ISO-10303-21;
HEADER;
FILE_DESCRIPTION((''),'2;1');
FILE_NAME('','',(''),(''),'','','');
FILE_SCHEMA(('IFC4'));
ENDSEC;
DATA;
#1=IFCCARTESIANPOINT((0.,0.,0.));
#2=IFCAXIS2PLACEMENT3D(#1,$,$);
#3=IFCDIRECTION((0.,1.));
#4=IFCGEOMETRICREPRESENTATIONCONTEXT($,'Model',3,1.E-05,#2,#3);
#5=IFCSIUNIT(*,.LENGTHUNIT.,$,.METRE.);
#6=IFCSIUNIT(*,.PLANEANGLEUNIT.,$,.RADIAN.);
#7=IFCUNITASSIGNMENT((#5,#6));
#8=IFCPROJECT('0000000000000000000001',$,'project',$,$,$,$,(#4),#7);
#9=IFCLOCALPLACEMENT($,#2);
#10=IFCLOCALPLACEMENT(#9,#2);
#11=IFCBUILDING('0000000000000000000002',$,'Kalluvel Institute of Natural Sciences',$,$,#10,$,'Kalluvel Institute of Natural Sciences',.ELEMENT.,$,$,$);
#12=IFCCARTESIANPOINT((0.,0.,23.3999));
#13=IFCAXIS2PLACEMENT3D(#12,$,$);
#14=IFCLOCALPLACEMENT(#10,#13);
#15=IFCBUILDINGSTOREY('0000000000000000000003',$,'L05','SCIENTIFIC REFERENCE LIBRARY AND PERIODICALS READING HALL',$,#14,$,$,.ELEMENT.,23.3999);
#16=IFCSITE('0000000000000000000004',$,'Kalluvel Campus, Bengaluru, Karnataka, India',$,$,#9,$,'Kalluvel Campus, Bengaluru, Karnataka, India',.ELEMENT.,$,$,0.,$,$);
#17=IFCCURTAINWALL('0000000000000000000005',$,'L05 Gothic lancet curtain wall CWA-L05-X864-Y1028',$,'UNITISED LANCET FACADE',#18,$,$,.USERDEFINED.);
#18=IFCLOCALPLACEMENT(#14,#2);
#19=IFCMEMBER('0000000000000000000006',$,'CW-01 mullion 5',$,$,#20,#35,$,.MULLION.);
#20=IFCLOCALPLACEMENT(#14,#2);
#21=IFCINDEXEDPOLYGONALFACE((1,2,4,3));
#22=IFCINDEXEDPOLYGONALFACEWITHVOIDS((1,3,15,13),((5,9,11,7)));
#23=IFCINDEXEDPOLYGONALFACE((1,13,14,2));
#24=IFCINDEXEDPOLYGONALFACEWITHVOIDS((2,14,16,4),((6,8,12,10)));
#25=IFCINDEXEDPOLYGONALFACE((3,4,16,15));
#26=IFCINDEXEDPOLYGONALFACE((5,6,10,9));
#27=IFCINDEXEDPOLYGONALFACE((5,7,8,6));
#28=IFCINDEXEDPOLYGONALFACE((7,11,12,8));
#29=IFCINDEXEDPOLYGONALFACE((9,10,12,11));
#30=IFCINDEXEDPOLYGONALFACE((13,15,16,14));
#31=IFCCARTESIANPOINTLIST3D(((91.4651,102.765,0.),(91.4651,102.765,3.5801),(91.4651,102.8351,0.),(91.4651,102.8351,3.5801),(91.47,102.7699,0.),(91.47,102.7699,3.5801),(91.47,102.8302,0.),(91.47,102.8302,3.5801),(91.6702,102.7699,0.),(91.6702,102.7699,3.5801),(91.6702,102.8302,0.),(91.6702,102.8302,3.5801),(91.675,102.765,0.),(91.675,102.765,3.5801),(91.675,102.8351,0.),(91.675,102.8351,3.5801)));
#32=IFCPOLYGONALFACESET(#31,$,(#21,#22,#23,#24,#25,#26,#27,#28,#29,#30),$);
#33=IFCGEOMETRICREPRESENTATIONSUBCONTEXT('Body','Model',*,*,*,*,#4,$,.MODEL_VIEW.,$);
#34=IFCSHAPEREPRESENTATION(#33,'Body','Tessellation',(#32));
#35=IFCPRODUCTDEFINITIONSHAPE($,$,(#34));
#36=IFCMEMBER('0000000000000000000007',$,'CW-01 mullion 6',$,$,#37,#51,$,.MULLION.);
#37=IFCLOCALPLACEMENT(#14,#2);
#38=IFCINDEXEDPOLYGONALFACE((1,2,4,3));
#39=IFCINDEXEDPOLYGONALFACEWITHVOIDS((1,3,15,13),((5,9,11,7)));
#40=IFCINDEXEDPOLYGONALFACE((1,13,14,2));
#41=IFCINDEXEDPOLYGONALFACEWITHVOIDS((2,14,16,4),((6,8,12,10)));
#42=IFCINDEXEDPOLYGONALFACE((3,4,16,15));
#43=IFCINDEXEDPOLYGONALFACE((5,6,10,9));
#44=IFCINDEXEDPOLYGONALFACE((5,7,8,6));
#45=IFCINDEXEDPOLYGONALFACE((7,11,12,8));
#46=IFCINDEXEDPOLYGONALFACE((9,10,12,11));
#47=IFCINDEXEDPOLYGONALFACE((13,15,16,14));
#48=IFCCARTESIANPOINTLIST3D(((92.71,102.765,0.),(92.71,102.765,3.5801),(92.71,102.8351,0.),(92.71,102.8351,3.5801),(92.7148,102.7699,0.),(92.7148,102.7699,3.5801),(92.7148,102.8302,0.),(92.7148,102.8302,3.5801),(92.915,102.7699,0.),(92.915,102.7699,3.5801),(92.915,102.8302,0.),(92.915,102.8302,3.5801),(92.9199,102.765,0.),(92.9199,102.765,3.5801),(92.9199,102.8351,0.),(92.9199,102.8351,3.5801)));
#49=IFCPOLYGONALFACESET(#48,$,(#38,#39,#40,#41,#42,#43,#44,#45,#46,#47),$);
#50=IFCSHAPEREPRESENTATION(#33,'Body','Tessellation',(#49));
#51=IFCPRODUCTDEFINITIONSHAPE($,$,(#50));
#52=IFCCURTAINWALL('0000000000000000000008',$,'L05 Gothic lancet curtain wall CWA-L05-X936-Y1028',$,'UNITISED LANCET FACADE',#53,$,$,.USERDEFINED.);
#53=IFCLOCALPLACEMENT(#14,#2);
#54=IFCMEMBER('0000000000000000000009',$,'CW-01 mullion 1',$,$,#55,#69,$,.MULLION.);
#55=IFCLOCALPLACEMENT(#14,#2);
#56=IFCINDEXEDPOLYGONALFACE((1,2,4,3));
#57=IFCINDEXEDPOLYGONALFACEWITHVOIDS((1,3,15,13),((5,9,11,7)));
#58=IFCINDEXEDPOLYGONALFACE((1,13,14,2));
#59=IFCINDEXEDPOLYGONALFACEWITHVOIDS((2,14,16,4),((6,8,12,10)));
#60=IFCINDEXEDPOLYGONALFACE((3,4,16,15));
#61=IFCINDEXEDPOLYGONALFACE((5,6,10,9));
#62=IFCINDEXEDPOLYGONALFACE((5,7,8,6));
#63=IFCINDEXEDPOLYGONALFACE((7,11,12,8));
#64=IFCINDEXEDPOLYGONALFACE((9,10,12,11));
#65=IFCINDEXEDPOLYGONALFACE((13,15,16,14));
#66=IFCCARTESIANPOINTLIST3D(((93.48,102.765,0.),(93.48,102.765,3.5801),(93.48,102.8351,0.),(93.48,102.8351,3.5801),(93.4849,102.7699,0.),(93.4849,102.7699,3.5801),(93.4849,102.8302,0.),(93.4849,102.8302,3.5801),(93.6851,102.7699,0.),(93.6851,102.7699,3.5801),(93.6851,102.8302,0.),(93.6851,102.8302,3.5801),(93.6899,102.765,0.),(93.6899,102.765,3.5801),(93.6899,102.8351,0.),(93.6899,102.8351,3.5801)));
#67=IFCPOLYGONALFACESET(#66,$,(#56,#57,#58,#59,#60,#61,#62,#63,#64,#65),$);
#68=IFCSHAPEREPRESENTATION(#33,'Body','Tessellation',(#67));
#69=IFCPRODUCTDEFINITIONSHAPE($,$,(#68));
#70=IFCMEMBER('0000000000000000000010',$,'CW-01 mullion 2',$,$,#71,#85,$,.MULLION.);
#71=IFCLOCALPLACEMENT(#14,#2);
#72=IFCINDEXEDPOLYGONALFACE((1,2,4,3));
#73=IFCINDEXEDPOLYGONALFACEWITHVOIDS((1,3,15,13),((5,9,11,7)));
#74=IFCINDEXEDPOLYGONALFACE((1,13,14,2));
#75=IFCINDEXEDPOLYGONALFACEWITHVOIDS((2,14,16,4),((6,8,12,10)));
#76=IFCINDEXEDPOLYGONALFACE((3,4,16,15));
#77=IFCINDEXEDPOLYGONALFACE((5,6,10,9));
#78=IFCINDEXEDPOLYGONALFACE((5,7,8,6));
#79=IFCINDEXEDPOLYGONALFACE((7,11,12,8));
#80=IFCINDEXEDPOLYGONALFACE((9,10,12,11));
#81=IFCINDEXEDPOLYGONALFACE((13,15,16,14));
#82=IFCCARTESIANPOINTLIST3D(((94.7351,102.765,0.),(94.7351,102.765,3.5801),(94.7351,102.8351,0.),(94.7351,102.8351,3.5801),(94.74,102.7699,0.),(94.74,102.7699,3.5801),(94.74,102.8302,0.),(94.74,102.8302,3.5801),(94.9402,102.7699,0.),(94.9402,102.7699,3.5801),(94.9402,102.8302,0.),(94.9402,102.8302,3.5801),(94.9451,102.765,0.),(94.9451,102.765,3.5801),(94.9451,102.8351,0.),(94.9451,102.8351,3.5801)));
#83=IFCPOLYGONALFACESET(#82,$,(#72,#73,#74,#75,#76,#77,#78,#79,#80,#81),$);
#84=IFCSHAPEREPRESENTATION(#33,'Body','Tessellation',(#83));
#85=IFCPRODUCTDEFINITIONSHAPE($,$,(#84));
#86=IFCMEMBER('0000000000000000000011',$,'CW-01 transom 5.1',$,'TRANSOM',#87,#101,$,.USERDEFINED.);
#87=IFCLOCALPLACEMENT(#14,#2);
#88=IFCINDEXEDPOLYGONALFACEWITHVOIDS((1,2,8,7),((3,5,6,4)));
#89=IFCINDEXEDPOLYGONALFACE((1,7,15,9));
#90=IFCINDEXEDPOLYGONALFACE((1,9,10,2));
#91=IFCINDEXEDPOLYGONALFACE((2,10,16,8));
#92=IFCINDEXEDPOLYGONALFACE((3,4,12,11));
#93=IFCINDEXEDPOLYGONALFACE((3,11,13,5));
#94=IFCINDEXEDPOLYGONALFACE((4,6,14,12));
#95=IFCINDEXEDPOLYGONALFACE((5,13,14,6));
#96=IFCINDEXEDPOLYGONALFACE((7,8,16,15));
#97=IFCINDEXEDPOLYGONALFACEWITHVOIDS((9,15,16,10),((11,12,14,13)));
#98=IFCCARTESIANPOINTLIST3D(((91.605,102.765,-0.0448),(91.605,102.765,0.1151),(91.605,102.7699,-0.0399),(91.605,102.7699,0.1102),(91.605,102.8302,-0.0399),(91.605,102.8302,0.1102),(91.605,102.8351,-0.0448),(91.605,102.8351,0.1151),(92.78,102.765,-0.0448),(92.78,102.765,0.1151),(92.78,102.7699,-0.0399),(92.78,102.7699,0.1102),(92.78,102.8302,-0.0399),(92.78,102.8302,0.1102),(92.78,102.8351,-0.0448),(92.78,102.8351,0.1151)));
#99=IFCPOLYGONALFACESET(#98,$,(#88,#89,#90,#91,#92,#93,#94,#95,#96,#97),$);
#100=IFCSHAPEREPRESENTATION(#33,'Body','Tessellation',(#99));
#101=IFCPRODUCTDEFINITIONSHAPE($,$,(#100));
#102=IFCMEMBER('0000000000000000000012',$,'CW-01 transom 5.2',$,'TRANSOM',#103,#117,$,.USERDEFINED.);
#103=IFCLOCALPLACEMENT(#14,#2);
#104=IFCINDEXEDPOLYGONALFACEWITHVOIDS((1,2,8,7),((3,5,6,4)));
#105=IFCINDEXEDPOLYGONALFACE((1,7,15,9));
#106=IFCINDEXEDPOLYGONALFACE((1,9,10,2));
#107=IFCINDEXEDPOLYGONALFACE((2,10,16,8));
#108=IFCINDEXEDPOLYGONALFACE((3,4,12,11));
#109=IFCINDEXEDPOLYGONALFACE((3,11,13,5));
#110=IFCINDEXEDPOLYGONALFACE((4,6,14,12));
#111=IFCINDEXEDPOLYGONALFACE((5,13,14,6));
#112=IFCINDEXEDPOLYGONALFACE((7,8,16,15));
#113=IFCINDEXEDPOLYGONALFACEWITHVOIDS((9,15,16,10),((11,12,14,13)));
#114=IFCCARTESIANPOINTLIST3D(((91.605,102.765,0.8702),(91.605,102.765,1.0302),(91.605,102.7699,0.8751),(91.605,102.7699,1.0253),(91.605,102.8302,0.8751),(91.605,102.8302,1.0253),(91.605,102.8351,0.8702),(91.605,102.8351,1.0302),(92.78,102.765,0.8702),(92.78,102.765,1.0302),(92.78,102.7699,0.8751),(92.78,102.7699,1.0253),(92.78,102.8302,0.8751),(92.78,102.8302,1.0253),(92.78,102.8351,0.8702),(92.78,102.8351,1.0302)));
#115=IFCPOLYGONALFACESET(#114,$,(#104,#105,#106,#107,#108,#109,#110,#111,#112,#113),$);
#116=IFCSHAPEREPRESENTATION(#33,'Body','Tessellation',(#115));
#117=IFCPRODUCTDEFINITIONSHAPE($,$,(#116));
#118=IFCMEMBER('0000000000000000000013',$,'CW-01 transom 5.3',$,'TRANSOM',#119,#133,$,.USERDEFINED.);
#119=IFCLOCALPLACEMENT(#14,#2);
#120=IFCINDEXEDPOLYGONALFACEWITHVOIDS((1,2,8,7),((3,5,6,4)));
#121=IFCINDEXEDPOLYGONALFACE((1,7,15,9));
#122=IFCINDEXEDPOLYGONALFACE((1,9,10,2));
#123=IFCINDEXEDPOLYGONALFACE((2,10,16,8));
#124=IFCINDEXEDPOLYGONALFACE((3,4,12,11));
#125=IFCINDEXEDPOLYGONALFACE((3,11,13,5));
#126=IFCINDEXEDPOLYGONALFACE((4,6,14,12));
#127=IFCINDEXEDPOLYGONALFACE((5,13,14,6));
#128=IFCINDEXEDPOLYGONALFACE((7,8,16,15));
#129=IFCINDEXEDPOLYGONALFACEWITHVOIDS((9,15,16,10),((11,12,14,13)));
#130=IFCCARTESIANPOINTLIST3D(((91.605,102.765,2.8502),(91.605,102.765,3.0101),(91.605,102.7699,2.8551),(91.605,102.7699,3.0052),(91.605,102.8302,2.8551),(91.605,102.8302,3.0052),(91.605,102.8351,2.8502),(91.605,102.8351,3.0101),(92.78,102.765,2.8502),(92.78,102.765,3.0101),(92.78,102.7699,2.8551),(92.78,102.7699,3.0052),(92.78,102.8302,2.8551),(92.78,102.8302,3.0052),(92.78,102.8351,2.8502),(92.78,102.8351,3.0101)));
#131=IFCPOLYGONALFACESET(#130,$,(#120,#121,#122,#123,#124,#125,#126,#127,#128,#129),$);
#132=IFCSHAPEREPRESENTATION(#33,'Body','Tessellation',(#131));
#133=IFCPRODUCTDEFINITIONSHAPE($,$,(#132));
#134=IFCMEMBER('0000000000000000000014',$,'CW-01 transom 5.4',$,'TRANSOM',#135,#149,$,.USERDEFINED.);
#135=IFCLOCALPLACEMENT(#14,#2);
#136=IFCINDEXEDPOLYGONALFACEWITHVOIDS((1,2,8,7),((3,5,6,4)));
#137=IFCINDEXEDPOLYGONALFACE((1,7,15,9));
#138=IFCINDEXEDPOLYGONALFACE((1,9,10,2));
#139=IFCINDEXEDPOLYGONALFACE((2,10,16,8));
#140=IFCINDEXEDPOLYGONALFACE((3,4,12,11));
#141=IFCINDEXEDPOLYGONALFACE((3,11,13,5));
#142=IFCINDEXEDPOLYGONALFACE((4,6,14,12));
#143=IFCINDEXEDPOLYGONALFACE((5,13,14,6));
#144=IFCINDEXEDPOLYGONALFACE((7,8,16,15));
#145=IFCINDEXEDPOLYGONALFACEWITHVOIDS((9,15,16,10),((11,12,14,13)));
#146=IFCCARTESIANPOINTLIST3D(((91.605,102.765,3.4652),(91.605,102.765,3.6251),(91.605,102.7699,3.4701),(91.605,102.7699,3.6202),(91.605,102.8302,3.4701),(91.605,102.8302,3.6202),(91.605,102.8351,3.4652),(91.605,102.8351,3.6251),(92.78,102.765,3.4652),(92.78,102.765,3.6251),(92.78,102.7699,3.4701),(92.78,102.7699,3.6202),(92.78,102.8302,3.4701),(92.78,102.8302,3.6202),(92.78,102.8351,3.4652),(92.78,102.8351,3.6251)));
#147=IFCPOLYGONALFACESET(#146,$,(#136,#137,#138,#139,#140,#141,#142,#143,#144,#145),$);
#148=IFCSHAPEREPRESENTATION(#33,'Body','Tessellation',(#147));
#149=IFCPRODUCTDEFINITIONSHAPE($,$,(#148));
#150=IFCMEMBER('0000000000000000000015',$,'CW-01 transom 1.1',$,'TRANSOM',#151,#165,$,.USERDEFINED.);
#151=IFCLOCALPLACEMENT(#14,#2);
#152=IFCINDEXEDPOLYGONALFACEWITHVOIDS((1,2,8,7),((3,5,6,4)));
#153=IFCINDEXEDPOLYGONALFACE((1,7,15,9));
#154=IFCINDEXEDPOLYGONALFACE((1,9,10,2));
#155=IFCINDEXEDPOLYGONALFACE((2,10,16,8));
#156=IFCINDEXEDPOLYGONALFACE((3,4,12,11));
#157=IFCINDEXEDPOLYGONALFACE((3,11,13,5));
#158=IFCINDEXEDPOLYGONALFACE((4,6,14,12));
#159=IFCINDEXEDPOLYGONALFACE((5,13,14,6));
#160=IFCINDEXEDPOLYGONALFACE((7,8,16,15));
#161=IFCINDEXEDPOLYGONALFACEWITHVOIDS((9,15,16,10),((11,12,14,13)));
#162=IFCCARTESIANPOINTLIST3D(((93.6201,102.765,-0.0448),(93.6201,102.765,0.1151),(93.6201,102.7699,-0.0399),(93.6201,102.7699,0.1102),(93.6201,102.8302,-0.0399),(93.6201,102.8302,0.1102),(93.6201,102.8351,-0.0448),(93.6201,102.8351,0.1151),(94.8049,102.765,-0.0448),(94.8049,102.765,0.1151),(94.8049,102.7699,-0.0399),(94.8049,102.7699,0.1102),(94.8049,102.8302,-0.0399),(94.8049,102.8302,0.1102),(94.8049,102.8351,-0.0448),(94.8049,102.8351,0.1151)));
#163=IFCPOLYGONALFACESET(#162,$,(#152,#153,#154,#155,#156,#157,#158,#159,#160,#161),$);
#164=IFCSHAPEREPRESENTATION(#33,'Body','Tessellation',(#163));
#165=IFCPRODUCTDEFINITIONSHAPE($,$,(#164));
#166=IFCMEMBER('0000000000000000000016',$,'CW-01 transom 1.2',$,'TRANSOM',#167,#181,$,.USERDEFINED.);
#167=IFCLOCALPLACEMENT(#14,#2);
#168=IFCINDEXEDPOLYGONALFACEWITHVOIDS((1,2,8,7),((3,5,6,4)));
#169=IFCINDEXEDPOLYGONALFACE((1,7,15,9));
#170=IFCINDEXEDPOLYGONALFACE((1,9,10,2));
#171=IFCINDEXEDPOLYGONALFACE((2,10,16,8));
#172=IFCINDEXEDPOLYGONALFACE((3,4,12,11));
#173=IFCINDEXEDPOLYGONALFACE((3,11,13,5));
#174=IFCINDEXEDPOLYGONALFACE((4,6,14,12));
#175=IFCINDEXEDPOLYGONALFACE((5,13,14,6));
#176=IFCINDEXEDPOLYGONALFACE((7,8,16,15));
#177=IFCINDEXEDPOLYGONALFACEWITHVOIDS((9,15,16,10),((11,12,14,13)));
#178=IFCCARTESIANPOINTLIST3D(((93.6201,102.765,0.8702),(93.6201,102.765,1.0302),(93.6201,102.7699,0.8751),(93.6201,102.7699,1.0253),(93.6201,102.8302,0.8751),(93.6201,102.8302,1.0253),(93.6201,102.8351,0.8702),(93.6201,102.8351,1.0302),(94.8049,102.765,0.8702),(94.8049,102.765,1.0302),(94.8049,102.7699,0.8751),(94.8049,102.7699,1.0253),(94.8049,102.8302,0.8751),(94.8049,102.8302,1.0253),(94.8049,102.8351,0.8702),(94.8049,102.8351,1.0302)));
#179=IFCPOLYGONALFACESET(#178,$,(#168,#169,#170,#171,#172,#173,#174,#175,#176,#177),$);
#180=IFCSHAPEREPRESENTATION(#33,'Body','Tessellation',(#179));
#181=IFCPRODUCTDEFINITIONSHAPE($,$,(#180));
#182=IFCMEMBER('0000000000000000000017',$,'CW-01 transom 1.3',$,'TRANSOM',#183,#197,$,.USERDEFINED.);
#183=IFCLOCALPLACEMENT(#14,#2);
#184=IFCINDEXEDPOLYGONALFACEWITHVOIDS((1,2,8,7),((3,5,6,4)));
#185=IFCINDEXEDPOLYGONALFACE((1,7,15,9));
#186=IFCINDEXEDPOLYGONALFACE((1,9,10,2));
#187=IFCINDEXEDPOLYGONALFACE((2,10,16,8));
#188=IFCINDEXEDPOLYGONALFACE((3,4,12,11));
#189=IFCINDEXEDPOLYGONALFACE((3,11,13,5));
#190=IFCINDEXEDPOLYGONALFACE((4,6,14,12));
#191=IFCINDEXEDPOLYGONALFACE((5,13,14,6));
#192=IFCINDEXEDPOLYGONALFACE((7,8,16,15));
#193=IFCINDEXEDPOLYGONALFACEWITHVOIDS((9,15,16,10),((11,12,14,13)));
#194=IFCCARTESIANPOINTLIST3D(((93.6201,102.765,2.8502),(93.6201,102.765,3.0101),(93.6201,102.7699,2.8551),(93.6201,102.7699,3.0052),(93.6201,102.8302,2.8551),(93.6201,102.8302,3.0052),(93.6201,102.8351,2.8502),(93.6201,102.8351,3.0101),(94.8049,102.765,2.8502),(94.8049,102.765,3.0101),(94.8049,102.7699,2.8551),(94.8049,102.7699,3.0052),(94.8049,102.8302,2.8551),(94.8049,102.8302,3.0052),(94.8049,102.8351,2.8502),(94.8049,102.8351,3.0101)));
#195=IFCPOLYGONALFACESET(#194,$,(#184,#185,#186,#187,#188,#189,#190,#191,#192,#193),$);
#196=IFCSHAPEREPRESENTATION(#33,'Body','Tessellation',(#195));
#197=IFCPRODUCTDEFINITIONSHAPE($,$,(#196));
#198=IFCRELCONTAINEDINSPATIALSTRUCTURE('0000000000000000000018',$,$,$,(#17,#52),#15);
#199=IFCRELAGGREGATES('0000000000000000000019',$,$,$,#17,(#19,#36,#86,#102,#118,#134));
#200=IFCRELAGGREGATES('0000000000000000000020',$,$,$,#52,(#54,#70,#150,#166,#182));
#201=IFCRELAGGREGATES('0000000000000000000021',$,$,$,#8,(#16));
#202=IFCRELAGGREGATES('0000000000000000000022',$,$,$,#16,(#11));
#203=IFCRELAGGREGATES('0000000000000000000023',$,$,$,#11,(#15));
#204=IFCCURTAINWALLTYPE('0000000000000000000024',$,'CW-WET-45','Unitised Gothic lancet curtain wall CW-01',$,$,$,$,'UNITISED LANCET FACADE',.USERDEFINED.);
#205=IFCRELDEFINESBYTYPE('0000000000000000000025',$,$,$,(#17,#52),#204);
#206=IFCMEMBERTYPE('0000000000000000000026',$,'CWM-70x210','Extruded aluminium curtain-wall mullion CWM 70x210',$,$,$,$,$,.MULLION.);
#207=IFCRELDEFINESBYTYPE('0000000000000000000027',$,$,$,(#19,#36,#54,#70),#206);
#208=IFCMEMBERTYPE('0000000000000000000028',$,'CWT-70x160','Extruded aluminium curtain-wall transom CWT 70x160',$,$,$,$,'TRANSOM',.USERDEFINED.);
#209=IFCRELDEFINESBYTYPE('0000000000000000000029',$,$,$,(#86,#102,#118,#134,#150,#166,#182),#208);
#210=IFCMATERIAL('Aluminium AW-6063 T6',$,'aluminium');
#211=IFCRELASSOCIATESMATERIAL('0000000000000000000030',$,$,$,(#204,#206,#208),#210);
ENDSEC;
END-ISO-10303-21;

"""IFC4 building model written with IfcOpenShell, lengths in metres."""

from ifc_helpers import new_model, si_unit, direction, frame, origin, origin_2d, place, context, subcontext, project, spatial, hollow_rectangle, extrude, material, material_profile, profile_set, type_object, element, aggregate, save


model = new_model("IFC4")

# Units and contexts
model_context = context("Model", 3, precision=1e-05, world=origin(), true_north=direction((0.0, 1.0)))
body_context = subcontext(model_context, "Body", "Model", "MODEL_VIEW")
ifc_project = project(units=[si_unit("LENGTHUNIT", "METRE"), si_unit("PLANEANGLEUNIT", "RADIAN")], contexts=[model_context])

# Site, building, storey
site_placement = place(None, origin())
site = spatial("IfcSite", under=ifc_project, at=site_placement, Name="Kalluvel Campus, Bengaluru, Karnataka, India", LongName="Kalluvel Campus, Bengaluru, Karnataka, India", CompositionType="ELEMENT", RefElevation=0.0)
building_placement = place(site_placement, origin())
building = spatial("IfcBuilding", under=site, at=building_placement, Name="Kalluvel Institute of Natural Sciences", LongName="Kalluvel Institute of Natural Sciences", CompositionType="ELEMENT")
storey_placement = place(building_placement, frame((0.0, 0.0, 23.3999)))
storey = spatial("IfcBuildingStorey", under=building, at=storey_placement, Name="L05", Description="SCIENTIFIC REFERENCE LIBRARY AND PERIODICALS READING HALL", CompositionType="ELEMENT", Elevation=23.3999)

# Curtain walls, members
ifc_material_1 = material(Name="Aluminium AW-6063 T6", Category="aluminium")
curtain_wall_type = type_object("IfcCurtainWallType", Name="CW-WET-45", Description="Unitised Gothic lancet curtain wall CW-01", ElementType="UNITISED LANCET FACADE", PredefinedType="USERDEFINED", material=ifc_material_1)
curtain_wall_1_placement = place(storey_placement, origin())
curtain_wall_1 = element("IfcCurtainWall", 1, at=curtain_wall_1_placement, inside=storey, type_object=curtain_wall_type, Name="L05 Gothic lancet curtain wall CWA-L05-X864-Y1028", ObjectType="UNITISED LANCET FACADE", PredefinedType="USERDEFINED")
ifc_material_profile_1 = material_profile(ifc_material_1, hollow_rectangle(XDim=0.0701, YDim=0.21, WallThickness=0.0049, at=origin_2d()), Name="CWM 70x210")
ifc_profile_set_1 = profile_set([ifc_material_profile_1], Name="Aluminium AW-6063 T6")
member_type_1 = type_object("IfcMemberType", Name="CWM-70x210", Description="Extruded aluminium curtain-wall mullion CWM 70x210", PredefinedType="MULLION", material=ifc_profile_set_1)
member_1_placement = place(storey_placement, frame((91.5701, 102.8, 0.0), z_axis=(0.0, 0.0, 1.0), x_axis=(0.0, 1.0, 0.0)))
member_1 = element("IfcMember", 2, at=member_1_placement, type_object=member_type_1, Name="CW-01 mullion 5", PredefinedType="MULLION", context=body_context, shape_type="SweptSolid", body=[
    extrude(hollow_rectangle(XDim=0.0701, YDim=0.21, WallThickness=0.0049, at=origin_2d()), origin(), (0.0, 0.0, 1.0), 3.5801),
])
member_2_placement = place(storey_placement, frame((92.8149, 102.8, 0.0), z_axis=(0.0, 0.0, 1.0), x_axis=(0.0, 1.0, 0.0)))
member_2 = element("IfcMember", 3, at=member_2_placement, type_object=member_type_1, Name="CW-01 mullion 6", PredefinedType="MULLION", context=body_context, shape_type="SweptSolid", body=[
    extrude(hollow_rectangle(XDim=0.0701, YDim=0.21, WallThickness=0.0049, at=origin_2d()), origin(), (0.0, 0.0, 1.0), 3.5801),
])
curtain_wall_2_placement = place(storey_placement, origin())
curtain_wall_2 = element("IfcCurtainWall", 4, at=curtain_wall_2_placement, inside=storey, type_object=curtain_wall_type, Name="L05 Gothic lancet curtain wall CWA-L05-X936-Y1028", ObjectType="UNITISED LANCET FACADE", PredefinedType="USERDEFINED")
member_3_placement = place(storey_placement, frame((93.585, 102.8, 0.0), z_axis=(0.0, 0.0, 1.0), x_axis=(0.0, 1.0, 0.0)))
member_3 = element("IfcMember", 5, at=member_3_placement, type_object=member_type_1, Name="CW-01 mullion 1", PredefinedType="MULLION", context=body_context, shape_type="SweptSolid", body=[
    extrude(hollow_rectangle(XDim=0.0701, YDim=0.21, WallThickness=0.0049, at=origin_2d()), origin(), (0.0, 0.0, 1.0), 3.5801),
])
member_4_placement = place(storey_placement, frame((94.8401, 102.8, 0.0), z_axis=(0.0, 0.0, 1.0), x_axis=(0.0, 1.0, 0.0)))
member_4 = element("IfcMember", 6, at=member_4_placement, type_object=member_type_1, Name="CW-01 mullion 2", PredefinedType="MULLION", context=body_context, shape_type="SweptSolid", body=[
    extrude(hollow_rectangle(XDim=0.0701, YDim=0.21, WallThickness=0.0049, at=origin_2d()), origin(), (0.0, 0.0, 1.0), 3.5801),
])

# Members
ifc_material_profile_2 = material_profile(ifc_material_1, hollow_rectangle(XDim=0.0701, YDim=0.1599, WallThickness=0.0049, at=origin_2d()), Name="CWT 70x160")
ifc_profile_set_2 = profile_set([ifc_material_profile_2], Name="Aluminium AW-6063 T6")
member_type_2 = type_object("IfcMemberType", Name="CWT-70x160", Description="Extruded aluminium curtain-wall transom CWT 70x160", ElementType="TRANSOM", PredefinedType="USERDEFINED", material=ifc_profile_set_2)
member_5_placement = place(storey_placement, frame((91.605, 102.8, 0.0352), z_axis=(1.0, 0.0, 0.0), x_axis=(0.0, 1.0, 0.0)))
member_5 = element("IfcMember", 7, at=member_5_placement, type_object=member_type_2, Name="CW-01 transom 5.1", ObjectType="TRANSOM", PredefinedType="USERDEFINED", context=body_context, shape_type="SweptSolid", body=[
    extrude(hollow_rectangle(XDim=0.0701, YDim=0.1599, WallThickness=0.0049, at=origin_2d()), origin(), (0.0, 0.0, 1.0), 1.175),
])
member_6_placement = place(storey_placement, frame((91.605, 102.8, 0.9502), z_axis=(1.0, 0.0, 0.0), x_axis=(0.0, 1.0, 0.0)))
member_6 = element("IfcMember", 8, at=member_6_placement, type_object=member_type_2, Name="CW-01 transom 5.2", ObjectType="TRANSOM", PredefinedType="USERDEFINED", context=body_context, shape_type="SweptSolid", body=[
    extrude(hollow_rectangle(XDim=0.0701, YDim=0.1599, WallThickness=0.0049, at=origin_2d()), origin(), (0.0, 0.0, 1.0), 1.175),
])
member_7_placement = place(storey_placement, frame((91.605, 102.8, 2.9302), z_axis=(1.0, 0.0, 0.0), x_axis=(0.0, 1.0, 0.0)))
member_7 = element("IfcMember", 9, at=member_7_placement, type_object=member_type_2, Name="CW-01 transom 5.3", ObjectType="TRANSOM", PredefinedType="USERDEFINED", context=body_context, shape_type="SweptSolid", body=[
    extrude(hollow_rectangle(XDim=0.0701, YDim=0.1599, WallThickness=0.0049, at=origin_2d()), origin(), (0.0, 0.0, 1.0), 1.175),
])
member_8_placement = place(storey_placement, frame((91.605, 102.8, 3.5452), z_axis=(1.0, 0.0, 0.0), x_axis=(0.0, 1.0, 0.0)))
member_8 = element("IfcMember", 10, at=member_8_placement, type_object=member_type_2, Name="CW-01 transom 5.4", ObjectType="TRANSOM", PredefinedType="USERDEFINED", context=body_context, shape_type="SweptSolid", body=[
    extrude(hollow_rectangle(XDim=0.0701, YDim=0.1599, WallThickness=0.0049, at=origin_2d()), origin(), (0.0, 0.0, 1.0), 1.175),
])
member_9_placement = place(storey_placement, frame((93.6201, 102.8, 0.0352), z_axis=(1.0, 0.0, 0.0), x_axis=(0.0, 1.0, 0.0)))
member_9 = element("IfcMember", 11, at=member_9_placement, type_object=member_type_2, Name="CW-01 transom 1.1", ObjectType="TRANSOM", PredefinedType="USERDEFINED", context=body_context, shape_type="SweptSolid", body=[
    extrude(hollow_rectangle(XDim=0.0701, YDim=0.1599, WallThickness=0.0049, at=origin_2d()), origin(), (0.0, 0.0, 1.0), 1.1848),
])
member_10_placement = place(storey_placement, frame((93.6201, 102.8, 0.9502), z_axis=(1.0, 0.0, 0.0), x_axis=(0.0, 1.0, 0.0)))
member_10 = element("IfcMember", 12, at=member_10_placement, type_object=member_type_2, Name="CW-01 transom 1.2", ObjectType="TRANSOM", PredefinedType="USERDEFINED", context=body_context, shape_type="SweptSolid", body=[
    extrude(hollow_rectangle(XDim=0.0701, YDim=0.1599, WallThickness=0.0049, at=origin_2d()), origin(), (0.0, 0.0, 1.0), 1.1848),
])
member_11_placement = place(storey_placement, frame((93.6201, 102.8, 2.9302), z_axis=(1.0, 0.0, 0.0), x_axis=(0.0, 1.0, 0.0)))
member_11 = element("IfcMember", 13, at=member_11_placement, type_object=member_type_2, Name="CW-01 transom 1.3", ObjectType="TRANSOM", PredefinedType="USERDEFINED", context=body_context, shape_type="SweptSolid", body=[
    extrude(hollow_rectangle(XDim=0.0701, YDim=0.1599, WallThickness=0.0049, at=origin_2d()), origin(), (0.0, 0.0, 1.0), 1.1848),
])

aggregate(curtain_wall_1, [member_1, member_2, member_5, member_6, member_7, member_8])
aggregate(curtain_wall_2, [member_3, member_4, member_9, member_10, member_11])

save(model, "model.ifc")
